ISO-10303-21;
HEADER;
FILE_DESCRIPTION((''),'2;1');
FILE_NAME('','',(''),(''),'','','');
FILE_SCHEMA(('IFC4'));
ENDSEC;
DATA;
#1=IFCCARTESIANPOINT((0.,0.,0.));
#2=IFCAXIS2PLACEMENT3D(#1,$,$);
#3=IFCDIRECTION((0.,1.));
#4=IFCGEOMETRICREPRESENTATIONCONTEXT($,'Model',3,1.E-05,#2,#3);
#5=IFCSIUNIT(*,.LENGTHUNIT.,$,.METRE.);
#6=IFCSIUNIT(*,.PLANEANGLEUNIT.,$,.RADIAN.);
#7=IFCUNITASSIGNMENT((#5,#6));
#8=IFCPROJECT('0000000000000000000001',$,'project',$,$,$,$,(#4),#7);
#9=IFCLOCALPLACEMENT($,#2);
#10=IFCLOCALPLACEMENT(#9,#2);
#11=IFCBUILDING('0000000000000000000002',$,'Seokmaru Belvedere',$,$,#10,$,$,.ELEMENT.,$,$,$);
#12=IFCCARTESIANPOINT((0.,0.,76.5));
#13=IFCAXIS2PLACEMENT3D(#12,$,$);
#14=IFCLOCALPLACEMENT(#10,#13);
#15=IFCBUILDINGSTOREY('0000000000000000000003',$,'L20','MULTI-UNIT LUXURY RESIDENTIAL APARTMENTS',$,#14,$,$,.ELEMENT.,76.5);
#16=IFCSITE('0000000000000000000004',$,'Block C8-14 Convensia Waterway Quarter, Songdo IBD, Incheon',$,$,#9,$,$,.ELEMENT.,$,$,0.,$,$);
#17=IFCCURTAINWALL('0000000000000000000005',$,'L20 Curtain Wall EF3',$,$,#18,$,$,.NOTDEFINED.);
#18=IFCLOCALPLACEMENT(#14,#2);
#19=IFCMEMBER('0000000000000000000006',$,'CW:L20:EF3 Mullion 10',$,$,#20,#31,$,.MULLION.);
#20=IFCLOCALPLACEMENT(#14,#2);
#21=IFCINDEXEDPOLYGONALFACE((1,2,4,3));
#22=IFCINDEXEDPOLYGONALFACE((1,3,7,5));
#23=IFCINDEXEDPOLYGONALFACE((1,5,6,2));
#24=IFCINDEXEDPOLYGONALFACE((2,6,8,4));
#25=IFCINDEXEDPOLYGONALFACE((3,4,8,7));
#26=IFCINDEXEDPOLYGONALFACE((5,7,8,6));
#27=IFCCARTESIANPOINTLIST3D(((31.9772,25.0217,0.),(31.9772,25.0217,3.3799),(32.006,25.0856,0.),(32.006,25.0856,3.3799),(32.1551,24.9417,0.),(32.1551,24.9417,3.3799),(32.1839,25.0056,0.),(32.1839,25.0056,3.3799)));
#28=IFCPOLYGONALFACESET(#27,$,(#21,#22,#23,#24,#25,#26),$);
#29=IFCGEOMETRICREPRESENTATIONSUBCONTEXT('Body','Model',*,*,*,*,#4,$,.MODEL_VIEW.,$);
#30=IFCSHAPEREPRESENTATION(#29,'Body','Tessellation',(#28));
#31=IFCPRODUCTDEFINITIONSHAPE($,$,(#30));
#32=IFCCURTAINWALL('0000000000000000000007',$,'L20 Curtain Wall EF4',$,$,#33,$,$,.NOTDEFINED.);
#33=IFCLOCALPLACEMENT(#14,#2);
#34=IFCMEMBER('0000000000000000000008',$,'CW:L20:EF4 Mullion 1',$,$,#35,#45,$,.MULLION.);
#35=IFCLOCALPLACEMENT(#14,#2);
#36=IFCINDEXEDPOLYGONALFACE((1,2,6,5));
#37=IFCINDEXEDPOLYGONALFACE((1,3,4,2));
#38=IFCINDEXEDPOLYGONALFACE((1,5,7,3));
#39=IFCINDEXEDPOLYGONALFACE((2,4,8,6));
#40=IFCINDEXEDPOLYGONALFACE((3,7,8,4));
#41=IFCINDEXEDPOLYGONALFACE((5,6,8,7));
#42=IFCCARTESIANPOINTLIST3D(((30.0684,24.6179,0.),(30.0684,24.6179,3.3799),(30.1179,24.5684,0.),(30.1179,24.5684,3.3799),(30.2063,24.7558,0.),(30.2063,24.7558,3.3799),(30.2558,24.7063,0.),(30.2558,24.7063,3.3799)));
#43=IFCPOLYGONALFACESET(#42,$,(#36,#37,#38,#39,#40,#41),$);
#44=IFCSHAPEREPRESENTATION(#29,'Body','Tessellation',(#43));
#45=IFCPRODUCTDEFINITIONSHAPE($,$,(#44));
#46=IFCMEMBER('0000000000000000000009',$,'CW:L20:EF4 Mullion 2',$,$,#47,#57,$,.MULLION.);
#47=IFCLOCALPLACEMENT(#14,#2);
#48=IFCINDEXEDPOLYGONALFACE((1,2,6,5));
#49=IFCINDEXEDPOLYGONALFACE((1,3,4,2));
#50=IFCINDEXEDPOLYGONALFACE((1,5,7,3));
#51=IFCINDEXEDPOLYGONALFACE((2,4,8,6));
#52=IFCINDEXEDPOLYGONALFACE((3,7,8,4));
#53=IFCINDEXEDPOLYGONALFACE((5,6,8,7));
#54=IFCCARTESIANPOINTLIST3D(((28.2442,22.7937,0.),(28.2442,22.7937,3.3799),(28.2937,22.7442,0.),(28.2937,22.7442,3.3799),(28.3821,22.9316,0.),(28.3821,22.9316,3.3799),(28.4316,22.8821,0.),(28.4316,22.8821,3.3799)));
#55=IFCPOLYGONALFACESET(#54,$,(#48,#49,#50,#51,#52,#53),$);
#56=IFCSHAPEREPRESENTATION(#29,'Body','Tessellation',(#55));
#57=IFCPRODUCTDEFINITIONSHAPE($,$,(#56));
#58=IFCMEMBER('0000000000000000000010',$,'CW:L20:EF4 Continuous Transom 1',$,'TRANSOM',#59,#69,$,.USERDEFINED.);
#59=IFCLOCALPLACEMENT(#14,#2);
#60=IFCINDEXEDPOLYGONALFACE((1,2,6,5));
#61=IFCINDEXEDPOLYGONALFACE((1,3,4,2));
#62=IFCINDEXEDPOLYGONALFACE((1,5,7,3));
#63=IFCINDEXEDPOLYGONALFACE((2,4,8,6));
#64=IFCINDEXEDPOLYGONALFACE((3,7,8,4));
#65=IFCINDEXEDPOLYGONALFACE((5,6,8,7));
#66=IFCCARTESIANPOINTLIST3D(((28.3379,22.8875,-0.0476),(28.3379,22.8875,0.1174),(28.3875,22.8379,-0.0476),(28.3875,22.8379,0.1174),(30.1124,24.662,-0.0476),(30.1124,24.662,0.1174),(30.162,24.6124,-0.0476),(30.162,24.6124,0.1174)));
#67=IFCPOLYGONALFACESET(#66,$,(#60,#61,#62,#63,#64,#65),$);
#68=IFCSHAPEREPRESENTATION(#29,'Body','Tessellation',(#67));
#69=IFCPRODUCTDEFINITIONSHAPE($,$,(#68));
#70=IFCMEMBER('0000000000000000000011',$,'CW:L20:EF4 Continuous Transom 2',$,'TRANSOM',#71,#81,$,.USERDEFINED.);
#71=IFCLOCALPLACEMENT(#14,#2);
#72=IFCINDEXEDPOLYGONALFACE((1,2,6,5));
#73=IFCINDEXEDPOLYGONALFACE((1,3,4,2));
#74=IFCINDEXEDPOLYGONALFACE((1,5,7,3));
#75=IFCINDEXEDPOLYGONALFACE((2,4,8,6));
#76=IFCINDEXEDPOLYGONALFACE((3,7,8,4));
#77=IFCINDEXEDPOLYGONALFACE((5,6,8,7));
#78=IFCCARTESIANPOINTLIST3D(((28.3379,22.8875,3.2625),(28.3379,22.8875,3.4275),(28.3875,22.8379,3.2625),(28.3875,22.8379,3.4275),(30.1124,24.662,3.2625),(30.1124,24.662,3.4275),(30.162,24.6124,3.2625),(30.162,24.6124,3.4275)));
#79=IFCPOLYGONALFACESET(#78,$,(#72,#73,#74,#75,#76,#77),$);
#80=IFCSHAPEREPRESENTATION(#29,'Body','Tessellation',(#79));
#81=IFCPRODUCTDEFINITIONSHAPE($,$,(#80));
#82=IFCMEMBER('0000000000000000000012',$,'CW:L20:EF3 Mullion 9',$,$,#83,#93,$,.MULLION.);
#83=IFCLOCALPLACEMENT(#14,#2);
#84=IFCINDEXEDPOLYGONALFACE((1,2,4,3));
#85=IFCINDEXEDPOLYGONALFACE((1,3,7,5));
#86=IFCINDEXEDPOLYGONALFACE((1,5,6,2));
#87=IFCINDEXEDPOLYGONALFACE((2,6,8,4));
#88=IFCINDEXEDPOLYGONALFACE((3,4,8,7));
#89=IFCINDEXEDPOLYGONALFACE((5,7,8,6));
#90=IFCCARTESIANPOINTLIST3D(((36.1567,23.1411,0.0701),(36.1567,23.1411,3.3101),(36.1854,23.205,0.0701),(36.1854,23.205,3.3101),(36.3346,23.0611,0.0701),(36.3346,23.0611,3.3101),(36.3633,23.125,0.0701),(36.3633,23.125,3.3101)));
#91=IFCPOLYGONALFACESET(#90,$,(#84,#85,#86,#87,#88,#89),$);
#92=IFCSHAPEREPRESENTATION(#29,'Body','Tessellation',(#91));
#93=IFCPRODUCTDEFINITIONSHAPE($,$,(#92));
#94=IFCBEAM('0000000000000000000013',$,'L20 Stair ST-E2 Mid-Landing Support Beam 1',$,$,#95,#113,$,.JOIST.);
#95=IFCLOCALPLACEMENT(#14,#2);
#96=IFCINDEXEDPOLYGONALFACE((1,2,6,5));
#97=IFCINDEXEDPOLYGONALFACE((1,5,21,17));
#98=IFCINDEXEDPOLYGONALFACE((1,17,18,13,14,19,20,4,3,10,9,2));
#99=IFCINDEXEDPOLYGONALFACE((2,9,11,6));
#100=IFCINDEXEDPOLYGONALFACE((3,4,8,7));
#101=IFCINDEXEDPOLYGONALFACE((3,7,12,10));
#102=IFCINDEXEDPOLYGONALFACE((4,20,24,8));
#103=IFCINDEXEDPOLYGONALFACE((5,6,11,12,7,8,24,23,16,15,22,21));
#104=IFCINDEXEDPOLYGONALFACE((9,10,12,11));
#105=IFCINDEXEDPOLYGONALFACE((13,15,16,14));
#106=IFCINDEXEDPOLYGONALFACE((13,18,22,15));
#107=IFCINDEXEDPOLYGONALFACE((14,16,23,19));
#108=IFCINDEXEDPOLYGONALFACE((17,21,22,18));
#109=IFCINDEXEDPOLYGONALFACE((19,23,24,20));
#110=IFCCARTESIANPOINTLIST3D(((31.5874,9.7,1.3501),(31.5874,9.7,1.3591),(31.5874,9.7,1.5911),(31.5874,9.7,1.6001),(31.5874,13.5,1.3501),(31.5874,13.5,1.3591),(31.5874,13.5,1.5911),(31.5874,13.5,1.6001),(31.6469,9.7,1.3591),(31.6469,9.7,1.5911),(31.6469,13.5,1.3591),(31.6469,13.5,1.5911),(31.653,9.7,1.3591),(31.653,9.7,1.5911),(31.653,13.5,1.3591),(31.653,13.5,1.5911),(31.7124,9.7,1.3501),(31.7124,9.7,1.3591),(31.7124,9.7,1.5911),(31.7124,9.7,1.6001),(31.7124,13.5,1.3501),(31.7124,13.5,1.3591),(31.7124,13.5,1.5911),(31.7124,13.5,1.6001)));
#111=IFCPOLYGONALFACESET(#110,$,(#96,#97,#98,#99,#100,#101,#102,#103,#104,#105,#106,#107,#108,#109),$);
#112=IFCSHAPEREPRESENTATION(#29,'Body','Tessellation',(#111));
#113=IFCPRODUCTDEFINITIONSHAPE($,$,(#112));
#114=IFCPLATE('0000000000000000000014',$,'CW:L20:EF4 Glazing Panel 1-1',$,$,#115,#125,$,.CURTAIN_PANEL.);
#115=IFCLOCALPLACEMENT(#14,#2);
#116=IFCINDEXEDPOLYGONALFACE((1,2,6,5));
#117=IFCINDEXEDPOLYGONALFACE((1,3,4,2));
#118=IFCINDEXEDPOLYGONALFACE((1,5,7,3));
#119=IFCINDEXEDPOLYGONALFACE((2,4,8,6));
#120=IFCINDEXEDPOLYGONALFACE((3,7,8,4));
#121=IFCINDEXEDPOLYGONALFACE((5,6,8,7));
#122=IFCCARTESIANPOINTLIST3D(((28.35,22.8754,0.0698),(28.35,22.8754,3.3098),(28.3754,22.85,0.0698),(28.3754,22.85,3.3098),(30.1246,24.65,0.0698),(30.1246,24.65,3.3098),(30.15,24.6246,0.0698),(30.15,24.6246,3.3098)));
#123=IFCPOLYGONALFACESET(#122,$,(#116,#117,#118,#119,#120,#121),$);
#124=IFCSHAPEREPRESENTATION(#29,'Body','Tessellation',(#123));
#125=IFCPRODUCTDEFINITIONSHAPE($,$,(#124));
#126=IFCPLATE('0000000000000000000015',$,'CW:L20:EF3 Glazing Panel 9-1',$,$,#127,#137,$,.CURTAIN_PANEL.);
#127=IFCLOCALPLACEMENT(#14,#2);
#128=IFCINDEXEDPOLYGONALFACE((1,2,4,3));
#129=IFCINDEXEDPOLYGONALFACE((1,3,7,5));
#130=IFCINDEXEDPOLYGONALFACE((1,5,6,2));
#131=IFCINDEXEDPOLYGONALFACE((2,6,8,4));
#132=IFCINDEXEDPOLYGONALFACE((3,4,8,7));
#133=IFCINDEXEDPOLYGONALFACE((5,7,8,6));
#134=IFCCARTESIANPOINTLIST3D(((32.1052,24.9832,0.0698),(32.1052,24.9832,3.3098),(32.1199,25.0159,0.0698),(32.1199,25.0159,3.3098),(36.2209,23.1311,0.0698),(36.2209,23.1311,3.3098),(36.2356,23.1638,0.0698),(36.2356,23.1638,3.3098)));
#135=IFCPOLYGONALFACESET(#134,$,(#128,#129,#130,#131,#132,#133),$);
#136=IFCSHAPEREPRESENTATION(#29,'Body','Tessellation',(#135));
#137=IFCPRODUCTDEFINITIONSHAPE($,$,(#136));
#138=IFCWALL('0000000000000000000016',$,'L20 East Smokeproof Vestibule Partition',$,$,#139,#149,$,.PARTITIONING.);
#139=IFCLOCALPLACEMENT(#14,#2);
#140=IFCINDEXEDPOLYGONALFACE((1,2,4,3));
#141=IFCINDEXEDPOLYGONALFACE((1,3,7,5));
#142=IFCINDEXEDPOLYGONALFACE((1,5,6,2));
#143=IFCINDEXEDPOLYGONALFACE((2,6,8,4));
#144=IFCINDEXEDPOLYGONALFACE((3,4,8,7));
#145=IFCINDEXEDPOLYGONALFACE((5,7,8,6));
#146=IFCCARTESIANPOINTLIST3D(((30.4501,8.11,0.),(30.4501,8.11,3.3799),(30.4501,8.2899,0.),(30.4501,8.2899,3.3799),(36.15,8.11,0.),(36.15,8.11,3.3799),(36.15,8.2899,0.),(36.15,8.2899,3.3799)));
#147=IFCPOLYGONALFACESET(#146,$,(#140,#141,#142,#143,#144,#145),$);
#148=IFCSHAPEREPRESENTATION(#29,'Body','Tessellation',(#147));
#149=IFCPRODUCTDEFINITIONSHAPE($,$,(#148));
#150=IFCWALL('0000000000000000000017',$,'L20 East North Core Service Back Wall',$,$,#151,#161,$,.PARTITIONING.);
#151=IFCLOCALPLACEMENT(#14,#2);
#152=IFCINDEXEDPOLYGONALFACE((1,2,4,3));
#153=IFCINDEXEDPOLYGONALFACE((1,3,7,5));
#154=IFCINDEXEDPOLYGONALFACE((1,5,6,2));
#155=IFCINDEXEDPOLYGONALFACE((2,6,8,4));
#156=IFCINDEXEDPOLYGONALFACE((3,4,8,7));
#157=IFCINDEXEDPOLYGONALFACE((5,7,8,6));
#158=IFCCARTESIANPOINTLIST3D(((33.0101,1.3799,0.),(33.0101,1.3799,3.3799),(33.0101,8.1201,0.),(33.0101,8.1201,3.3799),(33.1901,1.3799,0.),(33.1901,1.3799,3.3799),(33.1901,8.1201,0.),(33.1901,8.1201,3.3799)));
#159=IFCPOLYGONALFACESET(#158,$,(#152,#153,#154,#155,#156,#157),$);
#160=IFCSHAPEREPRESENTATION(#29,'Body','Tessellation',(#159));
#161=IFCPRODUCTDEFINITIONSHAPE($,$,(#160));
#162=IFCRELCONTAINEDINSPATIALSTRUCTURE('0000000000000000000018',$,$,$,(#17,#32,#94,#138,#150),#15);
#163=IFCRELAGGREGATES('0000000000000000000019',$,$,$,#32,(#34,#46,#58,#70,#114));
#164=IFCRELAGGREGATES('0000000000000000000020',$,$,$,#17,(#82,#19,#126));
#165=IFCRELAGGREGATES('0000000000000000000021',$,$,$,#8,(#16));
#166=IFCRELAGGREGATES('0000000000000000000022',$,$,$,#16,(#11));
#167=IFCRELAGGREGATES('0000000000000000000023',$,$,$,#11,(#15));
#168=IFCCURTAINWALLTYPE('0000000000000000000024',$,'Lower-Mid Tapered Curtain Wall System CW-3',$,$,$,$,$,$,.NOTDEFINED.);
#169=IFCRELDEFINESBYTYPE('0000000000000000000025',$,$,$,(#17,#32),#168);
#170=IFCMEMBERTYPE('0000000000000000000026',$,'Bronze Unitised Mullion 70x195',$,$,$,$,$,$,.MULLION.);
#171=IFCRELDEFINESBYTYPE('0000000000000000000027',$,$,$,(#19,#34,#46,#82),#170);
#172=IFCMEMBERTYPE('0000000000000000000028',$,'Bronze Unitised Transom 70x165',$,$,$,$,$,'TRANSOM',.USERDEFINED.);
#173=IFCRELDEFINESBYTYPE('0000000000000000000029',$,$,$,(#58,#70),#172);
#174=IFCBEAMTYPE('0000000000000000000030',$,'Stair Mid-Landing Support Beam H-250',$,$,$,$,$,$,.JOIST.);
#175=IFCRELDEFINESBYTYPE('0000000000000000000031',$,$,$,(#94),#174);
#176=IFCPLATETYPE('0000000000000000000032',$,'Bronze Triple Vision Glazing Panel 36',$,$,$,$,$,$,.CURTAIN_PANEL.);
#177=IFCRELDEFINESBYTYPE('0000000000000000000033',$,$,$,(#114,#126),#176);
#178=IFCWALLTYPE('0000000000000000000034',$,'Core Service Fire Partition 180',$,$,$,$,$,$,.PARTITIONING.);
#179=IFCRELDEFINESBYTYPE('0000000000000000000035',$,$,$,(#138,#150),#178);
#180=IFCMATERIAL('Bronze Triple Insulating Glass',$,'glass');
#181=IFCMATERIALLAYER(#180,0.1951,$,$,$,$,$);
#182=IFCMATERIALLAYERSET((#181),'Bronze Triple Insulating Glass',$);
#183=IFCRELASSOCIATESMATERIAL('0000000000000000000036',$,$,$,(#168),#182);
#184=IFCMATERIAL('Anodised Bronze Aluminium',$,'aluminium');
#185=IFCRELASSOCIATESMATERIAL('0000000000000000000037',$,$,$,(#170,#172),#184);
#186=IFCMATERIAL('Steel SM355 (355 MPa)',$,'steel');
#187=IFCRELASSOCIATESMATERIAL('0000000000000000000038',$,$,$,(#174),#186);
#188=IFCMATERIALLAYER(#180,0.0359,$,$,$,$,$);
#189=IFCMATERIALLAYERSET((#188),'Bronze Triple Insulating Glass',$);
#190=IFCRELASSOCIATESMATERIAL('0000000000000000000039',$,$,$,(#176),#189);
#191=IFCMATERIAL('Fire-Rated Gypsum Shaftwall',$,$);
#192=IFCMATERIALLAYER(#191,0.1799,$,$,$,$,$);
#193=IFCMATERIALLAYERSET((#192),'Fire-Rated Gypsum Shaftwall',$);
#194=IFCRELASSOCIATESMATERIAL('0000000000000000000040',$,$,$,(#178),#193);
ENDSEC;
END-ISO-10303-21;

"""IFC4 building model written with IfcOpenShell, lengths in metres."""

from ifc_helpers import new_model, si_unit, direction, frame, frame_2d, origin, origin_2d, place, context, subcontext, project, spatial, rectangle, i_section, extrude, source, transform, mapped, material, layer, layer_set, material_profile, profile_set, type_object, type_shapes, element, aggregate, save


model = new_model("IFC4")

# Units and contexts
model_context = context("Model", 3, precision=1e-05, world=origin(), true_north=direction((0.0, 1.0)))
body_context = subcontext(model_context, "Body", "Model", "MODEL_VIEW")
ifc_project = project(units=[si_unit("LENGTHUNIT", "METRE"), si_unit("PLANEANGLEUNIT", "RADIAN")], contexts=[model_context])

# Site, building, storey
site_placement = place(None, origin())
site = spatial("IfcSite", under=ifc_project, at=site_placement, Name="Block C8-14 Convensia Waterway Quarter, Songdo IBD, Incheon", CompositionType="ELEMENT", RefElevation=0.0)
building_placement = place(site_placement, origin())
building = spatial("IfcBuilding", under=site, at=building_placement, Name="Seokmaru Belvedere", CompositionType="ELEMENT")
storey_placement = place(building_placement, frame((0.0, 0.0, 76.5)))
storey = spatial("IfcBuildingStorey", under=building, at=storey_placement, Name="L20", Description="MULTI-UNIT LUXURY RESIDENTIAL APARTMENTS", CompositionType="ELEMENT", Elevation=76.5)

# Shared definitions
ifc_material_1 = material(Name="Steel SM355 (355 MPa)", Category="steel")

# Curtain wall, member
ifc_material_2 = material(Name="Bronze Triple Insulating Glass", Category="glass")
ifc_layer_1 = layer(ifc_material_2, 0.1951)
ifc_layer_set_1 = layer_set([ifc_layer_1], Name="Bronze Triple Insulating Glass")
curtain_wall_type = type_object("IfcCurtainWallType", Name="Lower-Mid Tapered Curtain Wall System CW-3", PredefinedType="NOTDEFINED", material=ifc_layer_set_1)
curtain_wall_1_placement = place(storey_placement, origin())
curtain_wall_1 = element("IfcCurtainWall", 1, at=curtain_wall_1_placement, inside=storey, type_object=curtain_wall_type, Name="L20 Curtain Wall EF3", PredefinedType="NOTDEFINED")
ifc_material_3 = material(Name="Anodised Bronze Aluminium", Category="aluminium")
ifc_material_profile_1 = material_profile(ifc_material_3, rectangle(XDim=0.0701, YDim=0.1951, at=origin_2d()), Name="CW-M-70x195")
ifc_profile_set_1 = profile_set([ifc_material_profile_1], Name="Anodised Bronze Aluminium")
member_type_1 = type_object("IfcMemberType", Name="Bronze Unitised Mullion 70x195", PredefinedType="MULLION", material=ifc_profile_set_1)
shared_shape_1 = source(origin(), body_context, "Body", "SweptSolid", [
    extrude(rectangle(XDim=0.0701, YDim=0.1951, at=origin_2d()), origin(), (0.0, 0.0, 1.0), 3.3799),
])
member_1_placement = place(storey_placement, frame((32.0806, 25.0137, 0.0), z_axis=(0.0, 0.0, 1.0), x_axis=(-0.410366, -0.911921, 0.0)))
member_1 = element("IfcMember", 2, at=member_1_placement, type_object=member_type_1, Name="CW:L20:EF3 Mullion 10", PredefinedType="MULLION", context=body_context, shape_type="MappedRepresentation", body=[
    mapped(shared_shape_1, transform((0.0, 0.0, 0.0), scale=1.0)),
])

# Curtain wall, members
curtain_wall_2_placement = place(storey_placement, origin())
curtain_wall_2 = element("IfcCurtainWall", 3, at=curtain_wall_2_placement, inside=storey, type_object=curtain_wall_type, Name="L20 Curtain Wall EF4", PredefinedType="NOTDEFINED")
member_2_placement = place(storey_placement, frame((30.1621, 24.6621, 0.0), z_axis=(0.0, 0.0, 1.0), x_axis=(0.707107, -0.707107, 0.0)))
member_2 = element("IfcMember", 4, at=member_2_placement, type_object=member_type_1, Name="CW:L20:EF4 Mullion 1", PredefinedType="MULLION", context=body_context, shape_type="MappedRepresentation", body=[
    mapped(shared_shape_1, transform((0.0, 0.0, 0.0), scale=1.0)),
])
member_3_placement = place(storey_placement, frame((28.3379, 22.8379, 0.0), z_axis=(0.0, 0.0, 1.0), x_axis=(0.707107, -0.707107, 0.0)))
member_3 = element("IfcMember", 5, at=member_3_placement, type_object=member_type_1, Name="CW:L20:EF4 Mullion 2", PredefinedType="MULLION", context=body_context, shape_type="MappedRepresentation", body=[
    mapped(shared_shape_1, transform((0.0, 0.0, 0.0), scale=1.0)),
])
ifc_material_profile_2 = material_profile(ifc_material_3, rectangle(XDim=0.0701, YDim=0.165, at=origin_2d()), Name="CW-T-70x165")
ifc_profile_set_2 = profile_set([ifc_material_profile_2], Name="Anodised Bronze Aluminium")
member_type_2 = type_object("IfcMemberType", Name="Bronze Unitised Transom 70x165", ElementType="TRANSOM", PredefinedType="USERDEFINED", material=ifc_profile_set_2)
shared_shape_2 = source(origin(), body_context, "Body", "SweptSolid", [
    extrude(rectangle(XDim=0.0701, YDim=0.165, at=origin_2d()), origin(), (0.0, 0.0, 1.0), 2.5095),
])
type_shapes(member_type_2, [shared_shape_2])
member_4_placement = place(storey_placement, frame((30.1372, 24.6372, 0.0349), z_axis=(-0.707107, -0.707107, 0.0), x_axis=(0.707107, -0.707107, 0.0)))
member_4 = element("IfcMember", 6, at=member_4_placement, type_object=member_type_2, Name="CW:L20:EF4 Continuous Transom 1", ObjectType="TRANSOM", PredefinedType="USERDEFINED", context=body_context, shape_type="MappedRepresentation", body=[
    mapped(shared_shape_2, transform((0.0, 0.0, 0.0), scale=1.0)),
])
member_5_placement = place(storey_placement, frame((30.1372, 24.6372, 3.345), z_axis=(-0.707107, -0.707107, 0.0), x_axis=(0.707107, -0.707107, 0.0)))
member_5 = element("IfcMember", 7, at=member_5_placement, type_object=member_type_2, Name="CW:L20:EF4 Continuous Transom 2", ObjectType="TRANSOM", PredefinedType="USERDEFINED", context=body_context, shape_type="MappedRepresentation", body=[
    mapped(shared_shape_2, transform((0.0, 0.0, 0.0), scale=1.0)),
])

# Member
shared_shape_3 = source(origin(), body_context, "Body", "SweptSolid", [
    extrude(rectangle(XDim=0.0701, YDim=0.1951, at=origin_2d()), origin(), (0.0, 0.0, 1.0), 3.24),
])
type_shapes(member_type_1, [shared_shape_1, shared_shape_3])
member_6_placement = place(storey_placement, frame((36.26, 23.1331, 0.0701), z_axis=(0.0, 0.0, 1.0), x_axis=(-0.410366, -0.911921, 0.0)))
member_6 = element("IfcMember", 8, at=member_6_placement, type_object=member_type_1, Name="CW:L20:EF3 Mullion 9", PredefinedType="MULLION", context=body_context, shape_type="MappedRepresentation", body=[
    mapped(shared_shape_3, transform((0.0, 0.0, 0.0), scale=1.0)),
])

# Beam
ifc_material_profile_3 = material_profile(ifc_material_1, i_section(OverallWidth=0.125, OverallDepth=0.25, WebThickness=0.0061, FlangeThickness=0.009, at=origin_2d()), Name="H-250x125x6x9")
ifc_profile_set_3 = profile_set([ifc_material_profile_3], Name="Steel SM355 (355 MPa)")
beam_type_1 = type_object("IfcBeamType", Name="Stair Mid-Landing Support Beam H-250", PredefinedType="JOIST", material=ifc_profile_set_3)
shared_shape_4 = source(origin(), body_context, "Body", "SweptSolid", [
    extrude(i_section(OverallWidth=0.125, OverallDepth=0.25, WebThickness=0.0061, FlangeThickness=0.009, at=origin_2d()), origin(), (0.0, 0.0, 1.0), 3.8),
])
type_shapes(beam_type_1, [shared_shape_4])
beam_1_placement = place(storey_placement, frame((31.6499, 9.7, 1.4751), z_axis=(0.0, 1.0, 0.0), x_axis=(-1.0, 0.0, 0.0)))
element("IfcBeam", 9, at=beam_1_placement, inside=storey, type_object=beam_type_1, Name="L20 Stair ST-E2 Mid-Landing Support Beam 1", PredefinedType="JOIST", context=body_context, shape_type="MappedRepresentation", body=[
    mapped(shared_shape_4, transform((0.0, 0.0, 0.0), scale=1.0)),
])

# Plates
ifc_layer_2 = layer(ifc_material_2, 0.0359)
ifc_layer_set_2 = layer_set([ifc_layer_2], Name="Bronze Triple Insulating Glass")
plate_type = type_object("IfcPlateType", Name="Bronze Triple Vision Glazing Panel 36", PredefinedType="CURTAIN_PANEL", material=ifc_layer_set_2)
shared_shape_5 = source(origin(), body_context, "Body", "SweptSolid", [
    extrude(rectangle(XDim=2.5098, YDim=0.0359, at=origin_2d()), origin(), (0.0, 0.0, 1.0), 3.24),
])
plate_1_placement = place(storey_placement, frame((29.25, 23.75, 0.0698), z_axis=(0.0, 0.0, 1.0), x_axis=(-0.707107, -0.707107, 0.0)))
plate_1 = element("IfcPlate", 10, at=plate_1_placement, type_object=plate_type, Name="CW:L20:EF4 Glazing Panel 1-1", PredefinedType="CURTAIN_PANEL", context=body_context, shape_type="MappedRepresentation", body=[
    mapped(shared_shape_5, transform((0.0, 0.0, 0.0), scale=1.0)),
])
aggregate(curtain_wall_2, [member_2, member_3, member_4, member_5, plate_1])
shared_shape_6 = source(origin(), body_context, "Body", "SweptSolid", [
    extrude(rectangle(XDim=4.5132, YDim=0.0359, at=origin_2d()), origin(), (0.0, 0.0, 1.0), 3.24),
])
type_shapes(plate_type, [shared_shape_5, shared_shape_6])
plate_2_placement = place(storey_placement, frame((34.1704, 24.0735, 0.0698), z_axis=(0.0, 0.0, 1.0), x_axis=(-0.911921, 0.410366, 0.0)))
plate_2 = element("IfcPlate", 11, at=plate_2_placement, type_object=plate_type, Name="CW:L20:EF3 Glazing Panel 9-1", PredefinedType="CURTAIN_PANEL", context=body_context, shape_type="MappedRepresentation", body=[
    mapped(shared_shape_6, transform((0.0, 0.0, 0.0), scale=1.0)),
])
aggregate(curtain_wall_1, [member_6, member_1, plate_2])

# Walls
ifc_material_4 = material(Name="Fire-Rated Gypsum Shaftwall")
ifc_layer_3 = layer(ifc_material_4, 0.1799)
ifc_layer_set_3 = layer_set([ifc_layer_3], Name="Fire-Rated Gypsum Shaftwall")
wall_type_1 = type_object("IfcWallType", Name="Core Service Fire Partition 180", PredefinedType="PARTITIONING", material=ifc_layer_set_3)
wall_1_placement = place(storey_placement, frame((30.45, 8.2, 0.0), z_axis=(0.0, 0.0, 1.0), x_axis=(1.0, 0.0, 0.0)))
element("IfcWall", 12, at=wall_1_placement, inside=storey, type_object=wall_type_1, Name="L20 East Smokeproof Vestibule Partition", PredefinedType="PARTITIONING", context=body_context, shape_type="SweptSolid", body=[
    extrude(rectangle(XDim=5.7, YDim=0.1799, at=frame_2d((2.8501, 0.0))), origin(), (0.0, 0.0, 1.0), 3.3799),
])
wall_2_placement = place(storey_placement, frame((33.1001, 1.3799, 0.0), z_axis=(0.0, 0.0, 1.0), x_axis=(0.0, 1.0, 0.0)))
element("IfcWall", 13, at=wall_2_placement, inside=storey, type_object=wall_type_1, Name="L20 East North Core Service Back Wall", PredefinedType="PARTITIONING", context=body_context, shape_type="SweptSolid", body=[
    extrude(rectangle(XDim=6.7402, YDim=0.1799, at=frame_2d((3.3701, 0.0))), origin(), (0.0, 0.0, 1.0), 3.3799),
])

save(model, "model.ifc")
